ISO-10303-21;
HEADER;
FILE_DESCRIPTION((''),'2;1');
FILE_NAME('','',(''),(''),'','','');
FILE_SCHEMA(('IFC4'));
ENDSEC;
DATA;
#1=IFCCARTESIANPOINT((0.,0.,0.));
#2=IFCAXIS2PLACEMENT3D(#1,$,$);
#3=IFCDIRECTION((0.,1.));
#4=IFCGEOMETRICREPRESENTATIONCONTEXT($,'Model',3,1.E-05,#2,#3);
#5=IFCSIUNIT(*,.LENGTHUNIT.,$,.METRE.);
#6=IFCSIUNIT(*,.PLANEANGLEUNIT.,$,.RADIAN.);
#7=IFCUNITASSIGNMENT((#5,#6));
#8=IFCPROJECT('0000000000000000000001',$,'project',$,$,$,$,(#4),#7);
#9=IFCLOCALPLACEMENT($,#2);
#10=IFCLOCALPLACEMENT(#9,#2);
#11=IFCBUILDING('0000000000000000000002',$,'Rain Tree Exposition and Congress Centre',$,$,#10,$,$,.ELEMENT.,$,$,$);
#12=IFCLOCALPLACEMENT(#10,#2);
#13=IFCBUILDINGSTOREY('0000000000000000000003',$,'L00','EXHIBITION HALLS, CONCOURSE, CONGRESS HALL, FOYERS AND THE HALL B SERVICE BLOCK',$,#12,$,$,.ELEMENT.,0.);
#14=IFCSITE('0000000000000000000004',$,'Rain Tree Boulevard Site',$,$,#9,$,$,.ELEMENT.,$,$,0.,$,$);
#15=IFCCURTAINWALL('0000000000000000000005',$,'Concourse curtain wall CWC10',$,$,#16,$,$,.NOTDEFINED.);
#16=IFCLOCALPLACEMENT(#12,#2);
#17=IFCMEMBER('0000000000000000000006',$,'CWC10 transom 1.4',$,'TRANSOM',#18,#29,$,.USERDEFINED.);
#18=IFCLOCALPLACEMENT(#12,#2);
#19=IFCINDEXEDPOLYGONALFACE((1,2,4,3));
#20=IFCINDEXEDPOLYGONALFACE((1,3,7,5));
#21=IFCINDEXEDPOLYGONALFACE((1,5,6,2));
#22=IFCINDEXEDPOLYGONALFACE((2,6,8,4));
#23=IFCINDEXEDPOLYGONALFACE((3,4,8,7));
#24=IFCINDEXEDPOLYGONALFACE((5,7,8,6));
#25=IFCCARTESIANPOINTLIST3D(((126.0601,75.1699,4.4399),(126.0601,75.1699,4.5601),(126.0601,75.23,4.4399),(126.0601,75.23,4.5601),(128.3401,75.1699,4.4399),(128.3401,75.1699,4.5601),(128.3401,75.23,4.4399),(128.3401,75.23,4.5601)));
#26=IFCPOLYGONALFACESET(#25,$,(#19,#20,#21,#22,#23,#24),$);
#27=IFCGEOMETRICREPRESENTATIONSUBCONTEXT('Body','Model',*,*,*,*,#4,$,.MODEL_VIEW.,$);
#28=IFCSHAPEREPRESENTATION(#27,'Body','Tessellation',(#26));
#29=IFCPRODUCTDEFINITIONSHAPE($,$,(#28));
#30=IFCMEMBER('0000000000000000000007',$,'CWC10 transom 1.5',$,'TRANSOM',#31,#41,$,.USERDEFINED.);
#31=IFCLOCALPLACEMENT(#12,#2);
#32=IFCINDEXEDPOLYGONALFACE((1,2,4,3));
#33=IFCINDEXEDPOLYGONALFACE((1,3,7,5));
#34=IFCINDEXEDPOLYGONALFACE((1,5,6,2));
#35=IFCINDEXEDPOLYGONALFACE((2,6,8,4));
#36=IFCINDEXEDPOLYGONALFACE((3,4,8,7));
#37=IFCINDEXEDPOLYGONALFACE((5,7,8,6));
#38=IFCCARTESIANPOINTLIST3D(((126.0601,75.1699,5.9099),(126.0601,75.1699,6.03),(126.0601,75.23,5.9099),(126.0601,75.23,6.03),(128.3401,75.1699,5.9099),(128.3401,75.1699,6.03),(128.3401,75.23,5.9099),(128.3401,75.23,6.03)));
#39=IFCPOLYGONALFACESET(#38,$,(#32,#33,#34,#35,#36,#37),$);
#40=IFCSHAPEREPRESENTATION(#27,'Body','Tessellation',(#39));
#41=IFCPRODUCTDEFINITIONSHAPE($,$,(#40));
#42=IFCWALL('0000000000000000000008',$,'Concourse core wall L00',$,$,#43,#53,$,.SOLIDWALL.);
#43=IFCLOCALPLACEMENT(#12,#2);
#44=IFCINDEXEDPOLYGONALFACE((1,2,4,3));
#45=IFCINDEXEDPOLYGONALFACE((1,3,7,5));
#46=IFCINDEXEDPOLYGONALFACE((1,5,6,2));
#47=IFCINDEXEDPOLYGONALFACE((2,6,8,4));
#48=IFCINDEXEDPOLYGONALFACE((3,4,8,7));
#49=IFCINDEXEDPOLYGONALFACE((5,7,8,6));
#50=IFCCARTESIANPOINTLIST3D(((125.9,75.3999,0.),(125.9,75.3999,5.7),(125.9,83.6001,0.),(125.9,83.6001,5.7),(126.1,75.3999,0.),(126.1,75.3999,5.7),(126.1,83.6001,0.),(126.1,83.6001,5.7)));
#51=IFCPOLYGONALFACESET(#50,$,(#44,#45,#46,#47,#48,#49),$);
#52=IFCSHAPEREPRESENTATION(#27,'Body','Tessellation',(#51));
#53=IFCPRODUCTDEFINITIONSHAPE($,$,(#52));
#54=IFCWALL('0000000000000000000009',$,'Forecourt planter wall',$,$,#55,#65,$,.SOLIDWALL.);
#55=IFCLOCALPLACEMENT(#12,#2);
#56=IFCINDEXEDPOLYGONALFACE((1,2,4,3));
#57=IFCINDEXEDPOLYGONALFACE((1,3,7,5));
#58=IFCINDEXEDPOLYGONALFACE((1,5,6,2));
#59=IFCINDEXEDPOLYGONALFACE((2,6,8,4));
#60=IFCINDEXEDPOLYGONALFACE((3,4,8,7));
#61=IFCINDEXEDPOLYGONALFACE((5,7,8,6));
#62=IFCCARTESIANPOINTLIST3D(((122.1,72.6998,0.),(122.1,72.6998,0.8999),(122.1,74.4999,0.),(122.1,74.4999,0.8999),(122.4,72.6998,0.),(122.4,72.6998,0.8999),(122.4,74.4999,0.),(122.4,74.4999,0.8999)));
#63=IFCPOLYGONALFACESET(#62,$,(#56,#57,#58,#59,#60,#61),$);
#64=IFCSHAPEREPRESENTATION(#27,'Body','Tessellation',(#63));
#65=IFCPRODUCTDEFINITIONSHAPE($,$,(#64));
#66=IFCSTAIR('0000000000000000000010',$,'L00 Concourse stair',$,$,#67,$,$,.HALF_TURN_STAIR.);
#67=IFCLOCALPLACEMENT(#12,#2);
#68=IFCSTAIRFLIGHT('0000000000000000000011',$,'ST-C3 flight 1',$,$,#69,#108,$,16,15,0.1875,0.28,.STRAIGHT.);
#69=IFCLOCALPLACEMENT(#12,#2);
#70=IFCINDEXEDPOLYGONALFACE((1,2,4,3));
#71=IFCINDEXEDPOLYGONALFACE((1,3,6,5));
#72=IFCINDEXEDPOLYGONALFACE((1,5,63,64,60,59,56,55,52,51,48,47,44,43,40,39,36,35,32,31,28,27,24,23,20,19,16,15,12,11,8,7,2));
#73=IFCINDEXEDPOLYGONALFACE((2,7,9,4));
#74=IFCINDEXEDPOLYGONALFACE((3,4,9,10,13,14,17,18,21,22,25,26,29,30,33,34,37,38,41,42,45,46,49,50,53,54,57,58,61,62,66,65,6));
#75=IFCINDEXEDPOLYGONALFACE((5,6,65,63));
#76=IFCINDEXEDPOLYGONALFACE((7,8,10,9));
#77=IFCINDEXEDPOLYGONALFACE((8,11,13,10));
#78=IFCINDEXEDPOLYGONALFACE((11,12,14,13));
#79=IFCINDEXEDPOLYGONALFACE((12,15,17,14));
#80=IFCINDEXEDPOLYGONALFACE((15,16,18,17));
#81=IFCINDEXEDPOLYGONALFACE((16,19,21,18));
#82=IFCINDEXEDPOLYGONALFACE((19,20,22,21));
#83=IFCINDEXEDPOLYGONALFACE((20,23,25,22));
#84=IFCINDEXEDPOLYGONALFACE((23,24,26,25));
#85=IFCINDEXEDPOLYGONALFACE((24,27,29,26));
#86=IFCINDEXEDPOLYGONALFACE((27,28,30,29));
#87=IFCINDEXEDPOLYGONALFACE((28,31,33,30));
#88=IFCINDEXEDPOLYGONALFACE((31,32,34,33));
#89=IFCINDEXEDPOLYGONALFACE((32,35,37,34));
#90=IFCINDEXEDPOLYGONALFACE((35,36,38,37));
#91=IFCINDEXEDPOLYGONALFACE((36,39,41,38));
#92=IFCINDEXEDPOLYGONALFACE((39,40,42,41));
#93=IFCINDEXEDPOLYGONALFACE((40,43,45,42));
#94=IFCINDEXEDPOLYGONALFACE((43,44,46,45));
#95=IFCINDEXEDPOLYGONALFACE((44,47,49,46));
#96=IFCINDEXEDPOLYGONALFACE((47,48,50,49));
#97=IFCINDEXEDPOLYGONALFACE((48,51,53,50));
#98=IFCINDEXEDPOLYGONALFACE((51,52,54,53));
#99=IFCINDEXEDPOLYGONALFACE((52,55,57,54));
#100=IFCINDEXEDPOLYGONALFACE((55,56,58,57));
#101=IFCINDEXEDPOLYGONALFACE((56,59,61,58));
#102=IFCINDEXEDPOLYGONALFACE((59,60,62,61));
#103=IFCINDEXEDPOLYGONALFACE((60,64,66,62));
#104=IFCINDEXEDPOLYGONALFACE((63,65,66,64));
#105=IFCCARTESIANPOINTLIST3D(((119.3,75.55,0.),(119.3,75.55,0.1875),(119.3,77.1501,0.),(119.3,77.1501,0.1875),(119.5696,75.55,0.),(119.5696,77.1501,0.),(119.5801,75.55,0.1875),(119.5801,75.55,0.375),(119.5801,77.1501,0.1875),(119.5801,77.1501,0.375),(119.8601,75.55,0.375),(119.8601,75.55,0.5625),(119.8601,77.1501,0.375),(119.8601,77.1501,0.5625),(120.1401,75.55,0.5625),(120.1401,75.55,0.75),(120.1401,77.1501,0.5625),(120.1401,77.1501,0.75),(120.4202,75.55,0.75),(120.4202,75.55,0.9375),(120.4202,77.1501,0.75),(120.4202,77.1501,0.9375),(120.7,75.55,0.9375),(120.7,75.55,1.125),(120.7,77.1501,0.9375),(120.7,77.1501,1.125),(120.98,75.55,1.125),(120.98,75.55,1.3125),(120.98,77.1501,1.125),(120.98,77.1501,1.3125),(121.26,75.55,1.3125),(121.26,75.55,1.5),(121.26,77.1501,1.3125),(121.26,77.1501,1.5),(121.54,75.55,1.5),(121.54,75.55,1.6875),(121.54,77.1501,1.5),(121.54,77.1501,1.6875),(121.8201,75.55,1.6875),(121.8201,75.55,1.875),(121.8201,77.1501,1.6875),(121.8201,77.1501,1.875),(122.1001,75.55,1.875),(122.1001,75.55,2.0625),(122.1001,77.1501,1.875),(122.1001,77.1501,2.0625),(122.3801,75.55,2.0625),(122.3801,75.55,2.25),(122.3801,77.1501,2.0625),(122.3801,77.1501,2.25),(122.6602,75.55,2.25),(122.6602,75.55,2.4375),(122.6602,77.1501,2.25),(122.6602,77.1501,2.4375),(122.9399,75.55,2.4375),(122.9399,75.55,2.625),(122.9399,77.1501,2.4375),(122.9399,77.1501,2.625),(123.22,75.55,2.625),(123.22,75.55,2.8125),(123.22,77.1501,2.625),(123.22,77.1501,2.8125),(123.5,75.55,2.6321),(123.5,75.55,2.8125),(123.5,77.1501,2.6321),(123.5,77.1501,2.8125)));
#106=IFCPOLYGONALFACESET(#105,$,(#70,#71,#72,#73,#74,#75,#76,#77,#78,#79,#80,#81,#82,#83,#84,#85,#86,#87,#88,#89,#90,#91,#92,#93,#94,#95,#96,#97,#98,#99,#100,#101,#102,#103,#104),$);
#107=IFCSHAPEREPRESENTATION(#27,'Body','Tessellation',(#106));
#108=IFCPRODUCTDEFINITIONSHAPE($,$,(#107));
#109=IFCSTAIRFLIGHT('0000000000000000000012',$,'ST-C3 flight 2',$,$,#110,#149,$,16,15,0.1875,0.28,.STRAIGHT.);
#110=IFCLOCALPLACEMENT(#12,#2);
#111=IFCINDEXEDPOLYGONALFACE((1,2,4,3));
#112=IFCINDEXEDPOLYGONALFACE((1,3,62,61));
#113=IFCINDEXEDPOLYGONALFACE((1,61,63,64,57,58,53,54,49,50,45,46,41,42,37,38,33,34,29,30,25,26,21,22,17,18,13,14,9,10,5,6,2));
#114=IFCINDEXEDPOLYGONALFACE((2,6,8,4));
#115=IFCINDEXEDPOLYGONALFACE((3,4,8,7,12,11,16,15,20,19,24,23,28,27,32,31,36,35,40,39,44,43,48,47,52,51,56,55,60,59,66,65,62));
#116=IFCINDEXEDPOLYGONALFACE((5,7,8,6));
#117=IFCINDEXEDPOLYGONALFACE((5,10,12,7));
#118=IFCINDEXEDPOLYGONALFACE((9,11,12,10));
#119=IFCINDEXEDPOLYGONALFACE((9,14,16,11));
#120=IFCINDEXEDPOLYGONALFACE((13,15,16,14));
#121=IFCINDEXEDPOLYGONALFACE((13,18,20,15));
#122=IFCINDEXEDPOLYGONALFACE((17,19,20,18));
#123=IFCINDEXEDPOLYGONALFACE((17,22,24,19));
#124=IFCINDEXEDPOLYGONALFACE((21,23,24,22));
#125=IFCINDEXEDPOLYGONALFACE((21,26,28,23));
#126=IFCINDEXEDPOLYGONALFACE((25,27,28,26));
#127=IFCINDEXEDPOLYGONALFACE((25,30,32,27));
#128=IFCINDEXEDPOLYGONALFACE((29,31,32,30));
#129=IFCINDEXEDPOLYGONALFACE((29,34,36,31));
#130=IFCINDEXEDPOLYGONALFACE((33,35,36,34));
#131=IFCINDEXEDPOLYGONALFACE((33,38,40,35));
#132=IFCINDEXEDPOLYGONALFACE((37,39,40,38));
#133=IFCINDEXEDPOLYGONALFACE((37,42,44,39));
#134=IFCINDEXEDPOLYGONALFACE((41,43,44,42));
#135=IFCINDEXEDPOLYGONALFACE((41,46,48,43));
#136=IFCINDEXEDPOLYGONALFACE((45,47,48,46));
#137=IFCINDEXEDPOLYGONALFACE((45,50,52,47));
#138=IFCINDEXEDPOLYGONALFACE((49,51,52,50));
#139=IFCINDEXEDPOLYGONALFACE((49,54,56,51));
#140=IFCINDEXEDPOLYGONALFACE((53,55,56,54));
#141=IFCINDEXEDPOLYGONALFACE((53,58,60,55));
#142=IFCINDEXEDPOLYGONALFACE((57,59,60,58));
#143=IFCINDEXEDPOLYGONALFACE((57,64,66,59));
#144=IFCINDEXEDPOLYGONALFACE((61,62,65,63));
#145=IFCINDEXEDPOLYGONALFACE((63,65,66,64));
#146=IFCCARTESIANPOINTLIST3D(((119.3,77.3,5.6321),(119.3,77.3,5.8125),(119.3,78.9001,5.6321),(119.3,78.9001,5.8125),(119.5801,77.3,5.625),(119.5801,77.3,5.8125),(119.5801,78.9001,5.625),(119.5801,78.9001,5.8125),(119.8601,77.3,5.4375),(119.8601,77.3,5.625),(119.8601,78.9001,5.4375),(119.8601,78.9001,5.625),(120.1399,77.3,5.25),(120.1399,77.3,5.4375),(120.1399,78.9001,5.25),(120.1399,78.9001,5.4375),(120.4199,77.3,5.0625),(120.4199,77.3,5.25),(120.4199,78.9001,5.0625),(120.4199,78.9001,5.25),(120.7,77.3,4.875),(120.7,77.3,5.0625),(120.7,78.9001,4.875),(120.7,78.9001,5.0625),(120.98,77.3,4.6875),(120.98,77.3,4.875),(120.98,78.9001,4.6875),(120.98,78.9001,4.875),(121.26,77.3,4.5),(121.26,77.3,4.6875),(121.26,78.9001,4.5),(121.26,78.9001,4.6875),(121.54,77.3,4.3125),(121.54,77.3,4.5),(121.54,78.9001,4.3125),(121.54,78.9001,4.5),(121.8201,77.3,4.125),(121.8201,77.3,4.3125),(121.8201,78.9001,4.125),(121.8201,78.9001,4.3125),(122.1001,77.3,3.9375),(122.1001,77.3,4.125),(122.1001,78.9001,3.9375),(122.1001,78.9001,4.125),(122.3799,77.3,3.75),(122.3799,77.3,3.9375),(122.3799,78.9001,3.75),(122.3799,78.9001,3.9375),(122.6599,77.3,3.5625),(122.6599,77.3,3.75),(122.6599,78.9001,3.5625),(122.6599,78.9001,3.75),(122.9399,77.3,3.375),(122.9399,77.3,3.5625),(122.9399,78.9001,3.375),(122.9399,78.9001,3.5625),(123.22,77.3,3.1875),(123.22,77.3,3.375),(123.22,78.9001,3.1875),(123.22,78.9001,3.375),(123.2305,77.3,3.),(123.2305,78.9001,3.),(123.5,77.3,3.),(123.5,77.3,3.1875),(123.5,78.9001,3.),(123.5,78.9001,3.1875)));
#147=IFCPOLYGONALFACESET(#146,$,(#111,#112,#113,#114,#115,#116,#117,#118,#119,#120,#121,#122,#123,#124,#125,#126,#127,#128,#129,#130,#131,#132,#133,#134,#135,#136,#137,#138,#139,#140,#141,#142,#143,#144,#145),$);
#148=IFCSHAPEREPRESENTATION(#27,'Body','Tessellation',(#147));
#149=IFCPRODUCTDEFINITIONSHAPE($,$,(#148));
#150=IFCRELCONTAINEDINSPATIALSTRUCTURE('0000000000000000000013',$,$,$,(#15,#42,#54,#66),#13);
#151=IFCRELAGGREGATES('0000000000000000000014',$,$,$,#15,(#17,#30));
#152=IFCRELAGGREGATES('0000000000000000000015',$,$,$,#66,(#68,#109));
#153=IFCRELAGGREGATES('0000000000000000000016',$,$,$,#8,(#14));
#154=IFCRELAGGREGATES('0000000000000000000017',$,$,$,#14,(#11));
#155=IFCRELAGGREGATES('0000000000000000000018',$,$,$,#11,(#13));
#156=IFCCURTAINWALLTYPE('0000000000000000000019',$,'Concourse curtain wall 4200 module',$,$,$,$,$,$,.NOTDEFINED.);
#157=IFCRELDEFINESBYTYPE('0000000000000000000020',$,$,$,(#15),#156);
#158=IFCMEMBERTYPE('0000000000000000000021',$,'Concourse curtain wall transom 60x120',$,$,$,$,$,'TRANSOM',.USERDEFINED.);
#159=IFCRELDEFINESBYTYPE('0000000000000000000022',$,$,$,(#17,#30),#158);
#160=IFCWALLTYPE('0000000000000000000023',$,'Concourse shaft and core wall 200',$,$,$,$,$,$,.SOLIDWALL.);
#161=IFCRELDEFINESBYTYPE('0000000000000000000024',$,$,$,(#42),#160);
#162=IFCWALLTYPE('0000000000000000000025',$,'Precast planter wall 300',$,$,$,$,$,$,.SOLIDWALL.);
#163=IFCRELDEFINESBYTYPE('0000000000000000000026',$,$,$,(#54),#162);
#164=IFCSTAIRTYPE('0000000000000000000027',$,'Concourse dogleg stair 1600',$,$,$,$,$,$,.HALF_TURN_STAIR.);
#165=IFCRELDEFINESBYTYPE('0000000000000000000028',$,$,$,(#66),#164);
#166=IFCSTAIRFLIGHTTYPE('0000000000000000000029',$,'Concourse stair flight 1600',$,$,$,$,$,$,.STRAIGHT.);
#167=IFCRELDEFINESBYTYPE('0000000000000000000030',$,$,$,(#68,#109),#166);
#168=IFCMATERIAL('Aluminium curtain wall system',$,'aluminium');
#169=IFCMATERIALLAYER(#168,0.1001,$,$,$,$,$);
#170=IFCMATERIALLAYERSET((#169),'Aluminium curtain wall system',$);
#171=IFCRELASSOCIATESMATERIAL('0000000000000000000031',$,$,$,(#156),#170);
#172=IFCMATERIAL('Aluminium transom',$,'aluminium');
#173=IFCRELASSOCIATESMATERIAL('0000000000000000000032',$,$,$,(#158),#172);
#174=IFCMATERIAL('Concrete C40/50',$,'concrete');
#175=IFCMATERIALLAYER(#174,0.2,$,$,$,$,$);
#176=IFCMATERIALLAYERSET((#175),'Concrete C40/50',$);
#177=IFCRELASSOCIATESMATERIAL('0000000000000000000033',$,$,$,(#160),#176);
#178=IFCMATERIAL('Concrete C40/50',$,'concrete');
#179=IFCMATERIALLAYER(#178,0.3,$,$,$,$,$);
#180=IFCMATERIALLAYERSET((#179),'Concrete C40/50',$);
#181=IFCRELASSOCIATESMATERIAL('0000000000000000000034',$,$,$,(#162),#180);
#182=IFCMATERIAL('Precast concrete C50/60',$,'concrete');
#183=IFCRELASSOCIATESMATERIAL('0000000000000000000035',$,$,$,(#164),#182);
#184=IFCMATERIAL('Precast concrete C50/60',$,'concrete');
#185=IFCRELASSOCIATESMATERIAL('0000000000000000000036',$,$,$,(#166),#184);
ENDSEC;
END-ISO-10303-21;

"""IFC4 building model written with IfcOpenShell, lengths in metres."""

from ifc_helpers import new_model, si_unit, direction, frame, frame_2d, origin, origin_2d, place, context, subcontext, project, spatial, polyline, rectangle, outline, extrude, material, layer, layer_set, material_profile, profile_set, type_object, element, aggregate, save


model = new_model("IFC4")

# Units and contexts
model_context = context("Model", 3, precision=1e-05, world=origin(), true_north=direction((0.0, 1.0)))
body_context = subcontext(model_context, "Body", "Model", "MODEL_VIEW")
ifc_project = project(units=[si_unit("LENGTHUNIT", "METRE"), si_unit("PLANEANGLEUNIT", "RADIAN")], contexts=[model_context])

# Site, building, storey
site_placement = place(None, origin())
site = spatial("IfcSite", under=ifc_project, at=site_placement, Name="Rain Tree Boulevard Site", CompositionType="ELEMENT", RefElevation=0.0)
building_placement = place(site_placement, origin())
building = spatial("IfcBuilding", under=site, at=building_placement, Name="Rain Tree Exposition and Congress Centre", CompositionType="ELEMENT")
storey_placement = place(building_placement, origin())
storey = spatial("IfcBuildingStorey", under=building, at=storey_placement, Name="L00", Description="EXHIBITION HALLS, CONCOURSE, CONGRESS HALL, FOYERS AND THE HALL B SERVICE BLOCK", CompositionType="ELEMENT", Elevation=0.0)

# Curtain wall, members
ifc_material_1 = material(Name="Aluminium curtain wall system", Category="aluminium")
ifc_layer_1 = layer(ifc_material_1, 0.1001)
ifc_layer_set_1 = layer_set([ifc_layer_1], Name="Aluminium curtain wall system")
curtain_wall_type = type_object("IfcCurtainWallType", Name="Concourse curtain wall 4200 module", PredefinedType="NOTDEFINED", material=ifc_layer_set_1)
curtain_wall_placement = place(storey_placement, origin())
curtain_wall = element("IfcCurtainWall", 1, at=curtain_wall_placement, inside=storey, type_object=curtain_wall_type, Name="Concourse curtain wall CWC10", PredefinedType="NOTDEFINED")
ifc_material_2 = material(Name="Aluminium transom", Category="aluminium")
ifc_material_profile_1 = material_profile(ifc_material_2, rectangle(XDim=0.0601, YDim=0.1201, at=origin_2d()), Name="AL 60x120")
ifc_profile_set_1 = profile_set([ifc_material_profile_1], Name="Aluminium transom")
member_type_1 = type_object("IfcMemberType", Name="Concourse curtain wall transom 60x120", ElementType="TRANSOM", PredefinedType="USERDEFINED", material=ifc_profile_set_1)
member_1_placement = place(storey_placement, frame((126.0601, 75.2, 4.5), z_axis=(1.0, 0.0, 0.0), x_axis=(0.0, 1.0, 0.0)))
member_1 = element("IfcMember", 2, at=member_1_placement, type_object=member_type_1, Name="CWC10 transom 1.4", ObjectType="TRANSOM", PredefinedType="USERDEFINED", context=body_context, shape_type="SweptSolid", body=[
    extrude(rectangle(XDim=0.0601, YDim=0.1201, at=origin_2d()), origin(), (0.0, 0.0, 1.0), 2.28),
])
member_2_placement = place(storey_placement, frame((126.0601, 75.2, 5.97), z_axis=(1.0, 0.0, 0.0), x_axis=(0.0, 1.0, 0.0)))
member_2 = element("IfcMember", 3, at=member_2_placement, type_object=member_type_1, Name="CWC10 transom 1.5", ObjectType="TRANSOM", PredefinedType="USERDEFINED", context=body_context, shape_type="SweptSolid", body=[
    extrude(rectangle(XDim=0.0601, YDim=0.1201, at=origin_2d()), origin(), (0.0, 0.0, 1.0), 2.28),
])
aggregate(curtain_wall, [member_1, member_2])

# Wall
ifc_material_3 = material(Name="Concrete C40/50", Category="concrete")
ifc_layer_2 = layer(ifc_material_3, 0.2)
ifc_layer_set_2 = layer_set([ifc_layer_2], Name="Concrete C40/50")
wall_type_1 = type_object("IfcWallType", Name="Concourse shaft and core wall 200", PredefinedType="SOLIDWALL", material=ifc_layer_set_2)
wall_1_placement = place(storey_placement, frame((126.0, 75.3999, 0.0), z_axis=(0.0, 0.0, 1.0), x_axis=(0.0, 1.0, 0.0)))
element("IfcWall", 4, at=wall_1_placement, inside=storey, type_object=wall_type_1, Name="Concourse core wall L00", PredefinedType="SOLIDWALL", context=body_context, shape_type="SweptSolid", body=[
    extrude(rectangle(XDim=8.2002, YDim=0.2, at=frame_2d((4.1001, 0.0))), origin(), (0.0, 0.0, 1.0), 5.7),
])

# Wall
ifc_material_4 = material(Name="Concrete C40/50", Category="concrete")
ifc_layer_3 = layer(ifc_material_4, 0.3)
ifc_layer_set_3 = layer_set([ifc_layer_3], Name="Concrete C40/50")
wall_type_2 = type_object("IfcWallType", Name="Precast planter wall 300", PredefinedType="SOLIDWALL", material=ifc_layer_set_3)
wall_2_placement = place(storey_placement, frame((122.25, 72.7, 0.0), z_axis=(0.0, 0.0, 1.0), x_axis=(0.0, 1.0, 0.0)))
element("IfcWall", 5, at=wall_2_placement, inside=storey, type_object=wall_type_2, Name="Forecourt planter wall", PredefinedType="SOLIDWALL", context=body_context, shape_type="SweptSolid", body=[
    extrude(rectangle(XDim=1.8, YDim=0.3, at=frame_2d((0.8999, 0.0))), origin(), (0.0, 0.0, 1.0), 0.8999),
])

# Stair, stair flights
ifc_material_5 = material(Name="Precast concrete C50/60", Category="concrete")
stair_type = type_object("IfcStairType", Name="Concourse dogleg stair 1600", PredefinedType="HALF_TURN_STAIR", material=ifc_material_5)
stair_placement = place(storey_placement, origin())
stair = element("IfcStair", 6, at=stair_placement, inside=storey, type_object=stair_type, Name="L00 Concourse stair", PredefinedType="HALF_TURN_STAIR")
ifc_material_6 = material(Name="Precast concrete C50/60", Category="concrete")
stair_flight_type = type_object("IfcStairFlightType", Name="Concourse stair flight 1600", PredefinedType="STRAIGHT", material=ifc_material_6)
stair_flight_1_placement = place(storey_placement, frame((119.3, 76.3501, 0.0), z_axis=(0.0, 0.0, 1.0), x_axis=(1.0, 0.0, 0.0)))
stair_flight_1 = element("IfcStairFlight", 7, at=stair_flight_1_placement, type_object=stair_flight_type, Name="ST-C3 flight 1", NumberOfRisers=16, NumberOfTreads=15, PredefinedType="STRAIGHT", RiserHeight=0.1875, TreadLength=0.28, context=body_context, shape_type="SweptSolid", body=[
    extrude(outline(polyline([(0.0, 0.0), (0.0, 0.1875), (0.28, 0.1875), (0.28, 0.375), (0.5601, 0.375), (0.5601, 0.5625), (0.8401, 0.5625), (0.8401, 0.75), (1.1201, 0.75), (1.1201, 0.9375), (1.3999, 0.9375), (1.3999, 1.125), (1.6799, 1.125), (1.6799, 1.3125), (1.96, 1.3125), (1.96, 1.5), (2.24, 1.5), (2.24, 1.6875), (2.52, 1.6875), (2.52, 1.875), (2.8, 1.875), (2.8, 2.0625), (3.0801, 2.0625), (3.0801, 2.25), (3.3601, 2.25), (3.3601, 2.4375), (3.6399, 2.4375), (3.6399, 2.625), (3.9199, 2.625), (3.9199, 2.8125), (4.2, 2.8125), (4.2, 3.0), (4.2, 2.6321), (0.2695, 0.0), (0.0, 0.0)])), frame((0.0, 0.8, 0.0), z_axis=(0.0, -1.0, 0.0), x_axis=(1.0, 0.0, 0.0)), (0.0, 0.0, 1.0), 1.6001),
])
stair_flight_2_placement = place(storey_placement, frame((123.5, 78.1001, 3.0), z_axis=(0.0, 0.0, 1.0), x_axis=(-1.0, 0.0, 0.0)))
stair_flight_2 = element("IfcStairFlight", 8, at=stair_flight_2_placement, type_object=stair_flight_type, Name="ST-C3 flight 2", NumberOfRisers=16, NumberOfTreads=15, PredefinedType="STRAIGHT", RiserHeight=0.1875, TreadLength=0.28, context=body_context, shape_type="SweptSolid", body=[
    extrude(outline(polyline([(0.0, 0.0), (0.0, 0.1875), (0.28, 0.1875), (0.28, 0.375), (0.5601, 0.375), (0.5601, 0.5625), (0.8401, 0.5625), (0.8401, 0.75), (1.1201, 0.75), (1.1201, 0.9375), (1.3999, 0.9375), (1.3999, 1.125), (1.6799, 1.125), (1.6799, 1.3125), (1.96, 1.3125), (1.96, 1.5), (2.24, 1.5), (2.24, 1.6875), (2.52, 1.6875), (2.52, 1.875), (2.8, 1.875), (2.8, 2.0625), (3.0801, 2.0625), (3.0801, 2.25), (3.3601, 2.25), (3.3601, 2.4375), (3.6399, 2.4375), (3.6399, 2.625), (3.9199, 2.625), (3.9199, 2.8125), (4.2, 2.8125), (4.2, 3.0), (4.2, 2.6321), (0.2695, 0.0), (0.0, 0.0)])), frame((0.0, 0.8, 0.0), z_axis=(0.0, -1.0, 0.0), x_axis=(1.0, 0.0, 0.0)), (0.0, 0.0, 1.0), 1.6001),
])
aggregate(stair, [stair_flight_1, stair_flight_2])

save(model, "model.ifc")
